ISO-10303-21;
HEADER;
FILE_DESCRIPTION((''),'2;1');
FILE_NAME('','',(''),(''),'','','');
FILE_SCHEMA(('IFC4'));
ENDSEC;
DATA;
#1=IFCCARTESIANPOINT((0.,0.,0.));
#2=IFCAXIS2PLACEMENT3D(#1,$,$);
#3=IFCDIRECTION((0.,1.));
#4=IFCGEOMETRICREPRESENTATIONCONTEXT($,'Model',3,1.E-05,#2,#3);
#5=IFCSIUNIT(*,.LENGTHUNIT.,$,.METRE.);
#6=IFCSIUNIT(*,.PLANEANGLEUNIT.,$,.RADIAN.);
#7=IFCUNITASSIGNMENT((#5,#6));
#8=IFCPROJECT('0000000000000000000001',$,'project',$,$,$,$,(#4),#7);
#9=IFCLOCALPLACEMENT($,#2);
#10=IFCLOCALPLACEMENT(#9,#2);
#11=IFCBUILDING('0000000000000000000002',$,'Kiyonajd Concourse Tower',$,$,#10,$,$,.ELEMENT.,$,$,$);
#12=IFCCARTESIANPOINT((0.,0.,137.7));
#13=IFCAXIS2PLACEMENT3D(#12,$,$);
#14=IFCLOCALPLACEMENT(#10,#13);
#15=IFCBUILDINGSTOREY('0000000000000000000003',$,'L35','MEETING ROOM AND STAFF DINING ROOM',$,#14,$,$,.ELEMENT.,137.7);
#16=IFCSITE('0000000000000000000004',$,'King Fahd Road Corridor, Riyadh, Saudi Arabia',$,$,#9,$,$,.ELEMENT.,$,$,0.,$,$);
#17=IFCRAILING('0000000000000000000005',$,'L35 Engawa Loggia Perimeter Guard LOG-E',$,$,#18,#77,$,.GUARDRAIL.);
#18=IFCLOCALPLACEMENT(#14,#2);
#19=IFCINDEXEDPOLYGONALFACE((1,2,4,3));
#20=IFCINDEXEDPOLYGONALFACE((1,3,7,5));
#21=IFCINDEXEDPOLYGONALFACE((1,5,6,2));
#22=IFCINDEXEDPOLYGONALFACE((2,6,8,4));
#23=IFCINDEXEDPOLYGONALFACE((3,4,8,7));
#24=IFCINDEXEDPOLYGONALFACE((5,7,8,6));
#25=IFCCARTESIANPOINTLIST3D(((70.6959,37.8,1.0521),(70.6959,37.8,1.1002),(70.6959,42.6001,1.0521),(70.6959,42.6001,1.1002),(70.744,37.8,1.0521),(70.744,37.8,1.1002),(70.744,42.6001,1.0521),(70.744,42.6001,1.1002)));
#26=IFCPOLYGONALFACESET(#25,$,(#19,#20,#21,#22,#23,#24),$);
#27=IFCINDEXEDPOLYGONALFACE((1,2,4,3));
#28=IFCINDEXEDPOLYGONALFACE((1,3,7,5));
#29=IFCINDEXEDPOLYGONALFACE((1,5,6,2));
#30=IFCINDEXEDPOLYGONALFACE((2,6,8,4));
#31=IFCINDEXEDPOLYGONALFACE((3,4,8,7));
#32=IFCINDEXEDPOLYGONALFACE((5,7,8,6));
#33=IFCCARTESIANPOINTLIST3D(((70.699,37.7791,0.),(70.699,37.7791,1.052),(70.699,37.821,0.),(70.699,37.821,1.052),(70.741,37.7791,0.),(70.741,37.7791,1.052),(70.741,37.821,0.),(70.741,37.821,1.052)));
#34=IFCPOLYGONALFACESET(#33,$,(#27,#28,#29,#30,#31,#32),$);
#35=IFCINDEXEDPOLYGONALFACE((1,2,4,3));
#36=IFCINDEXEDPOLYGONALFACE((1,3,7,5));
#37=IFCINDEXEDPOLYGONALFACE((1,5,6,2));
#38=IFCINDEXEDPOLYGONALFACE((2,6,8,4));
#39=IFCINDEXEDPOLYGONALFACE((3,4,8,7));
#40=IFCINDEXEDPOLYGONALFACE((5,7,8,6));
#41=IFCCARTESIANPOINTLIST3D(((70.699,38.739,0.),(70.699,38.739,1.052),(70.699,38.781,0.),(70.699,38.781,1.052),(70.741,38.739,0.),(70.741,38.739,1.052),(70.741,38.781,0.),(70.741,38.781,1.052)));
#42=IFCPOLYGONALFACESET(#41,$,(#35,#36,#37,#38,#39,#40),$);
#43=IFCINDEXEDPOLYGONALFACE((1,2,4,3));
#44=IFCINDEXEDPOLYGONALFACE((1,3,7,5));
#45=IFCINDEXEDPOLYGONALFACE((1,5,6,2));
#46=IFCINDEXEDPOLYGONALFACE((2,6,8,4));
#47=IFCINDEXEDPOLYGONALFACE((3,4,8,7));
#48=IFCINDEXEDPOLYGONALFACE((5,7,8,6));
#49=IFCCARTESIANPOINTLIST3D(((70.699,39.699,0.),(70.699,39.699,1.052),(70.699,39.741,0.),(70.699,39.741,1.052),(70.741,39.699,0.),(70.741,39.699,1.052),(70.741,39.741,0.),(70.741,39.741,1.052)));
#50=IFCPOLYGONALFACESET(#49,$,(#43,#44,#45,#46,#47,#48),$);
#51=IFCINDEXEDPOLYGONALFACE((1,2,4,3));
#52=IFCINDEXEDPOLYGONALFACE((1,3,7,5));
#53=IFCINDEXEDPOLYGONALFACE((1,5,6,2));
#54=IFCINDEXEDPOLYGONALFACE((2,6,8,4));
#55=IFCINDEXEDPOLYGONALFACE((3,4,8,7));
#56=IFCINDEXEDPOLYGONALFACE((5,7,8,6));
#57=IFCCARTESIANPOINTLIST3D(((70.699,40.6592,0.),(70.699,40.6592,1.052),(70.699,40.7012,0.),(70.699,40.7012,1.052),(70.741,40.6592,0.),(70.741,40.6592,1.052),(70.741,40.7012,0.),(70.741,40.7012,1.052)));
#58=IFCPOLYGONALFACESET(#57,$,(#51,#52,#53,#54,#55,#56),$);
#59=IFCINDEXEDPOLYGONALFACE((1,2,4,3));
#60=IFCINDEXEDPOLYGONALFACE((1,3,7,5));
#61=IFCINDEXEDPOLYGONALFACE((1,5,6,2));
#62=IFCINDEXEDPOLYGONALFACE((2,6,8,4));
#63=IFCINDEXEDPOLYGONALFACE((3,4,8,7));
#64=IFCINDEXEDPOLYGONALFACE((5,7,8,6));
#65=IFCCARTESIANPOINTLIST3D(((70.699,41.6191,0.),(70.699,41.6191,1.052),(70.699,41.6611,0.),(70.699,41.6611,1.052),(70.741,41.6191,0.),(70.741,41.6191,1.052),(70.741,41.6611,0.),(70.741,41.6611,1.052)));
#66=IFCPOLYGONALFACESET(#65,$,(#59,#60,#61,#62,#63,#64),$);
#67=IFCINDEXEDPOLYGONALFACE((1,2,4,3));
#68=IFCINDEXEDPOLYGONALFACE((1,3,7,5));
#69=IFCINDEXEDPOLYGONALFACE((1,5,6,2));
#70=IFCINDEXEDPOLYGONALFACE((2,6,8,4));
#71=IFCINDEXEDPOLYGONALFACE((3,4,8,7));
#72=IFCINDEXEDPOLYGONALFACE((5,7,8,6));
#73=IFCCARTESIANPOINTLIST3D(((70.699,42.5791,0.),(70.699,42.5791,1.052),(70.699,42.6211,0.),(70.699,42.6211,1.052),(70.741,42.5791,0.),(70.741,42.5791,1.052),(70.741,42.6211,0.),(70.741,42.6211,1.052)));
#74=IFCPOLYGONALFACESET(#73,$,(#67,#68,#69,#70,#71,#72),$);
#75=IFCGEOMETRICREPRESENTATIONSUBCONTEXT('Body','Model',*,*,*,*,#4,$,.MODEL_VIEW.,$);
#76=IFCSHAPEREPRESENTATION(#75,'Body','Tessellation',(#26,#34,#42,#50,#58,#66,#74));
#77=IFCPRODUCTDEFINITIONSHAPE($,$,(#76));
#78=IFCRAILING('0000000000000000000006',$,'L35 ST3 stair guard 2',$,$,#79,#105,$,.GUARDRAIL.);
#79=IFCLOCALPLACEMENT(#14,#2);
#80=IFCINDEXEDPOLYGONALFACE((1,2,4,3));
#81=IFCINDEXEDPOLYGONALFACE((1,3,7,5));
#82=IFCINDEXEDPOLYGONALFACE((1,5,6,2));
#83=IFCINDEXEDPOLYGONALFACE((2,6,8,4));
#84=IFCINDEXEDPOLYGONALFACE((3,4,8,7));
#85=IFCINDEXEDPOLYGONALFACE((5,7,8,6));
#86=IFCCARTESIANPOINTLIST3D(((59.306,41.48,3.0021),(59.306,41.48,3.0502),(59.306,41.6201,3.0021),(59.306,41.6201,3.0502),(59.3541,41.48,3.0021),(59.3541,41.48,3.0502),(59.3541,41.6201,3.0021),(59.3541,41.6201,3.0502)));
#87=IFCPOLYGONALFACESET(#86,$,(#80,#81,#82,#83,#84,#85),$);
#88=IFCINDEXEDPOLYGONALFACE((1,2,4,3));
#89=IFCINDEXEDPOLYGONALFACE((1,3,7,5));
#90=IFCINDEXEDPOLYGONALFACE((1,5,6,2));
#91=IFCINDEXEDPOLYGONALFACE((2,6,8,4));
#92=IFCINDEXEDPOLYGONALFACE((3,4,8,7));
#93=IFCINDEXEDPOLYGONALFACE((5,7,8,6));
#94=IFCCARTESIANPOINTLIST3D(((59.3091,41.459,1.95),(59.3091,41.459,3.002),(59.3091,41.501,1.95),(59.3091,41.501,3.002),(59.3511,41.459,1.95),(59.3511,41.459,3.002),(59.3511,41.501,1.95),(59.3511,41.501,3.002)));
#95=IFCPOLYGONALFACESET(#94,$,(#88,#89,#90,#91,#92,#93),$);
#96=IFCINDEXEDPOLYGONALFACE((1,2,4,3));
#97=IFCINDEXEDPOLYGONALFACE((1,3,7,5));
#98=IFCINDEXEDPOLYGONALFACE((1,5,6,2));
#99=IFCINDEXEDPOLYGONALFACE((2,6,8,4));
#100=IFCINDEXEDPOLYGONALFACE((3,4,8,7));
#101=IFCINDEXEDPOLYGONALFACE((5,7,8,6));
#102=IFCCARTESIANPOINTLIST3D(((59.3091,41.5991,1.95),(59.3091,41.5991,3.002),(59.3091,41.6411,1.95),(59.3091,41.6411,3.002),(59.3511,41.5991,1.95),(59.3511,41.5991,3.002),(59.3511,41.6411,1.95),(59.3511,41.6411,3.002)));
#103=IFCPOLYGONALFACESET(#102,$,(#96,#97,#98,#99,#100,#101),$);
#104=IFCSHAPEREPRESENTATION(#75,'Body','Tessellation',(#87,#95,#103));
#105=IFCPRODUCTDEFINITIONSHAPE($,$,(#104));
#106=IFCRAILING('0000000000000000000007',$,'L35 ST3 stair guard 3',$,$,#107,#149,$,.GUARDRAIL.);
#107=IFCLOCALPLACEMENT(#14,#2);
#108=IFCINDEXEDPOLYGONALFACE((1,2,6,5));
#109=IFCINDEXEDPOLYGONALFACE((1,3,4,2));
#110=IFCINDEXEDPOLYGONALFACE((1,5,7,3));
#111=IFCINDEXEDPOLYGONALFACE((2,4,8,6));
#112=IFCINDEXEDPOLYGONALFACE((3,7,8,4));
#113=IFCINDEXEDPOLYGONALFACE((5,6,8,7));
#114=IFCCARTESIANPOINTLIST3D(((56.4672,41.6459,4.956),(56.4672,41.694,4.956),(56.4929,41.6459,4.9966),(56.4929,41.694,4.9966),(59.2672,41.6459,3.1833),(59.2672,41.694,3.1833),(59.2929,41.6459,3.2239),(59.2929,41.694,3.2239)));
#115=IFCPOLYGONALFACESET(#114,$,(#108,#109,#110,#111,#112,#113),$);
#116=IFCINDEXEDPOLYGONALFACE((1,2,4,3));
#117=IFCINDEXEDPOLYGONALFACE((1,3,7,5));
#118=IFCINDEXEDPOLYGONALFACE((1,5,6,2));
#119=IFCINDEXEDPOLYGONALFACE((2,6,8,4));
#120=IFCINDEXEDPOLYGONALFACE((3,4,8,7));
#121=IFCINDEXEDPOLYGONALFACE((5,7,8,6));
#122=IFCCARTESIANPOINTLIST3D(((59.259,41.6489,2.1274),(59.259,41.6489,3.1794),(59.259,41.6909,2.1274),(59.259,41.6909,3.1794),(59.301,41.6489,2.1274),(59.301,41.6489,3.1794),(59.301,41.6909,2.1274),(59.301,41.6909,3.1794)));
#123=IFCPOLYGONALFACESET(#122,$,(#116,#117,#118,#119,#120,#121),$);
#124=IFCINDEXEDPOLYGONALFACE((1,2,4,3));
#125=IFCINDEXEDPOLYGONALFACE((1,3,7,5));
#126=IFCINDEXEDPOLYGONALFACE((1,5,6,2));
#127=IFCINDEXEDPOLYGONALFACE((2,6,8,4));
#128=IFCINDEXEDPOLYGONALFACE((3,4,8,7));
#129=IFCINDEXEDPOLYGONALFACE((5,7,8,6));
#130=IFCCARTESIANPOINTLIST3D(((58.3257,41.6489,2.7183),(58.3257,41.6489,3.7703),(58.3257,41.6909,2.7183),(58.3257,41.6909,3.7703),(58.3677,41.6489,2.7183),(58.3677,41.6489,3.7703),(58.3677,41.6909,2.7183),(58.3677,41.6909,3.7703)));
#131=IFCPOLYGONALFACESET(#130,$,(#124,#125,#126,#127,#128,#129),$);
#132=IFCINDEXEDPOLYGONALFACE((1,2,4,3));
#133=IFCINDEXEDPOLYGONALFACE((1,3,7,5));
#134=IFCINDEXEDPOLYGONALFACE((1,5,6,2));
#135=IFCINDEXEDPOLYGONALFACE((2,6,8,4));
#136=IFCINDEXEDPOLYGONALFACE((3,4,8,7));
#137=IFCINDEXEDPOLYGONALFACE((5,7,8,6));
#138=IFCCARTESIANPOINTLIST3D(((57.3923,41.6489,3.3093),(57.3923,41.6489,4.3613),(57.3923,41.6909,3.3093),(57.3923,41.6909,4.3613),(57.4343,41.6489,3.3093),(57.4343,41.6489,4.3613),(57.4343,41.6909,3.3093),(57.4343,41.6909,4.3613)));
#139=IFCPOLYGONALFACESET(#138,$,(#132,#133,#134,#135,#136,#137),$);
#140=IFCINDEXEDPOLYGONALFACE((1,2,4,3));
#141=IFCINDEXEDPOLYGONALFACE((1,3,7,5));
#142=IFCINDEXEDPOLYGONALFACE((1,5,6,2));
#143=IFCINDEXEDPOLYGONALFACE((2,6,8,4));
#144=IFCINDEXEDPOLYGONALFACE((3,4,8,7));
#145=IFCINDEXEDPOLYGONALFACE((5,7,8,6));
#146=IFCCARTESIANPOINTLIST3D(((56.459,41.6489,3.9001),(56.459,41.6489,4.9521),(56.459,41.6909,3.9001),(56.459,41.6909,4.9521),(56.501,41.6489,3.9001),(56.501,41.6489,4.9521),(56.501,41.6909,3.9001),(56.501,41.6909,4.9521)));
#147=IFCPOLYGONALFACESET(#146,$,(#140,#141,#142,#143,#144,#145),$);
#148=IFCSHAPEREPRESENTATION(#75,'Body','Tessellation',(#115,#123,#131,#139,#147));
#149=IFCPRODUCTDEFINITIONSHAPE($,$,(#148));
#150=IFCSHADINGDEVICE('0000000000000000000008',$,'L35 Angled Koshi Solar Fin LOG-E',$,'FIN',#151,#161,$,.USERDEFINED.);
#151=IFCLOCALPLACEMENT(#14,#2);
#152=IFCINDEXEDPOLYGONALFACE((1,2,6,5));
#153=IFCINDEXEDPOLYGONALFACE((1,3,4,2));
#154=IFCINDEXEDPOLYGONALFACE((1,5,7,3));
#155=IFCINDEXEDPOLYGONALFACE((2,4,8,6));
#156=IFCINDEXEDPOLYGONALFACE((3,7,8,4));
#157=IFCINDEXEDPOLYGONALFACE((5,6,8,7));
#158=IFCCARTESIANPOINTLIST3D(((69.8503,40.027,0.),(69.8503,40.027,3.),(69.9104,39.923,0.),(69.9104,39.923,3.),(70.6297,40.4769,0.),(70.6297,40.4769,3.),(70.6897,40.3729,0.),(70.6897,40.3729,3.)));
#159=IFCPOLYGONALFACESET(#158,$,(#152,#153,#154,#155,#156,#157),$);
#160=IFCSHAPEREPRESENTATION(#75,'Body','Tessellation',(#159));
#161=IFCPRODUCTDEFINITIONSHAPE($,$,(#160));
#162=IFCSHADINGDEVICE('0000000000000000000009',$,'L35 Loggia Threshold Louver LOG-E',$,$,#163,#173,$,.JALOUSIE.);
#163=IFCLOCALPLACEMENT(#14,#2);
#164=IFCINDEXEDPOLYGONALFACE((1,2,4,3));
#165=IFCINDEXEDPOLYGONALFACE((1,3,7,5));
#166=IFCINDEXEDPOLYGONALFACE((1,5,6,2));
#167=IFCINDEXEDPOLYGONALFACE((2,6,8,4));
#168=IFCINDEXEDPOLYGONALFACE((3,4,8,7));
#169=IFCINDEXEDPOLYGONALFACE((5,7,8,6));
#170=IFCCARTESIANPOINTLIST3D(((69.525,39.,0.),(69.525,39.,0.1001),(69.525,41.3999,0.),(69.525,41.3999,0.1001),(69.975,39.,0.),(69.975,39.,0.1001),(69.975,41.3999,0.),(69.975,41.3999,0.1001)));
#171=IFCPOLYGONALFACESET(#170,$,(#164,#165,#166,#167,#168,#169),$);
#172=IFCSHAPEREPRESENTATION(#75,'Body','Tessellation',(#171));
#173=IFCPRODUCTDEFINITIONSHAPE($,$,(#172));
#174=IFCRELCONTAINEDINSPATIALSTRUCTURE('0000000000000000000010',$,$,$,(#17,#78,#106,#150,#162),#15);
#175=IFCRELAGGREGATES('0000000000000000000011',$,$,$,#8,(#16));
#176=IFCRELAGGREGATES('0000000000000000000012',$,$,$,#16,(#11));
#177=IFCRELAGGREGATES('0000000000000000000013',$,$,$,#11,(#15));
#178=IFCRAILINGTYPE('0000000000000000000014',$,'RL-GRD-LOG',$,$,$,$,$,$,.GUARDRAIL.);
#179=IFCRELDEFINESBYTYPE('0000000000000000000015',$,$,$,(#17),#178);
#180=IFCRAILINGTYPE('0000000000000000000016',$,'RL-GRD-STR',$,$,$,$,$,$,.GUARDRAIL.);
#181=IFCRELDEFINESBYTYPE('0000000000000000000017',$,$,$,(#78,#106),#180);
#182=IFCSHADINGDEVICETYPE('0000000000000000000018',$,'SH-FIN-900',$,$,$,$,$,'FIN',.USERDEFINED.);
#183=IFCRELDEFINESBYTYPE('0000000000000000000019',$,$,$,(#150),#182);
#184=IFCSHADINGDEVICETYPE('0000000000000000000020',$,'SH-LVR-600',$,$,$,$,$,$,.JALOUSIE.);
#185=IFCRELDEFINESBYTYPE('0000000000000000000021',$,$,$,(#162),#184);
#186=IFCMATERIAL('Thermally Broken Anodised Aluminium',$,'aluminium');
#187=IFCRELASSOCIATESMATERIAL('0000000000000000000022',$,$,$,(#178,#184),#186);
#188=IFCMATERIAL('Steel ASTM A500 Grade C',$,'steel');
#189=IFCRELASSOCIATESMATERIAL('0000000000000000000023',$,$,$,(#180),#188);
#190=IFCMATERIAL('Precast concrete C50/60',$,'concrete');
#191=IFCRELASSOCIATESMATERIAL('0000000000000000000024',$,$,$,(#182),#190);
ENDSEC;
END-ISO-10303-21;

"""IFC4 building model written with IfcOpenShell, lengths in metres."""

from ifc_helpers import new_model, si_unit, direction, frame, origin, origin_2d, place, context, subcontext, project, spatial, rectangle, extrude, material, type_object, element, save


model = new_model("IFC4")

# Units and contexts
model_context = context("Model", 3, precision=1e-05, world=origin(), true_north=direction((0.0, 1.0)))
body_context = subcontext(model_context, "Body", "Model", "MODEL_VIEW")
ifc_project = project(units=[si_unit("LENGTHUNIT", "METRE"), si_unit("PLANEANGLEUNIT", "RADIAN")], contexts=[model_context])

# Site, building, storey
site_placement = place(None, origin())
site = spatial("IfcSite", under=ifc_project, at=site_placement, Name="King Fahd Road Corridor, Riyadh, Saudi Arabia", CompositionType="ELEMENT", RefElevation=0.0)
building_placement = place(site_placement, origin())
building = spatial("IfcBuilding", under=site, at=building_placement, Name="Kiyonajd Concourse Tower", CompositionType="ELEMENT")
storey_placement = place(building_placement, frame((0.0, 0.0, 137.7)))
storey = spatial("IfcBuildingStorey", under=building, at=storey_placement, Name="L35", Description="MEETING ROOM AND STAFF DINING ROOM", CompositionType="ELEMENT", Elevation=137.7)

# Shared definitions
ifc_material_1 = material(Name="Precast concrete C50/60", Category="concrete")

# Shared definitions
ifc_material_2 = material(Name="Thermally Broken Anodised Aluminium", Category="aluminium")

# Railings
railing_type_1 = type_object("IfcRailingType", Name="RL-GRD-LOG", PredefinedType="GUARDRAIL", material=ifc_material_2)
railing_1_placement = place(storey_placement, frame((70.72, 37.8, 0.0)))
element("IfcRailing", 1, at=railing_1_placement, inside=storey, type_object=railing_type_1, Name="L35 Engawa Loggia Perimeter Guard LOG-E", PredefinedType="GUARDRAIL", context=body_context, shape_type="SweptSolid", body=[
    extrude(rectangle(XDim=0.0481, YDim=0.0481, at=origin_2d()), frame((0.0, 0.0, 1.0762), z_axis=(0.0, 1.0, 0.0), x_axis=(-1.0, 0.0, 0.0)), (0.0, 0.0, 1.0), 4.8),
    extrude(rectangle(XDim=0.042, YDim=0.042, at=origin_2d()), origin(), (0.0, 0.0, 1.0), 1.052),
    extrude(rectangle(XDim=0.042, YDim=0.042, at=origin_2d()), frame((0.0, 0.96, 0.0)), (0.0, 0.0, 1.0), 1.052),
    extrude(rectangle(XDim=0.042, YDim=0.042, at=origin_2d()), frame((0.0, 1.9199, 0.0)), (0.0, 0.0, 1.0), 1.052),
    extrude(rectangle(XDim=0.042, YDim=0.042, at=origin_2d()), frame((0.0, 2.8801, 0.0)), (0.0, 0.0, 1.0), 1.052),
    extrude(rectangle(XDim=0.042, YDim=0.042, at=origin_2d()), frame((0.0, 3.8401, 0.0)), (0.0, 0.0, 1.0), 1.052),
    extrude(rectangle(XDim=0.042, YDim=0.042, at=origin_2d()), frame((0.0, 4.8, 0.0)), (0.0, 0.0, 1.0), 1.052),
])
ifc_material_3 = material(Name="Steel ASTM A500 Grade C", Category="steel")
railing_type_2 = type_object("IfcRailingType", Name="RL-GRD-STR", PredefinedType="GUARDRAIL", material=ifc_material_3)
railing_2_placement = place(storey_placement, frame((59.3301, 41.48, 1.95)))
element("IfcRailing", 2, at=railing_2_placement, inside=storey, type_object=railing_type_2, Name="L35 ST3 stair guard 2", PredefinedType="GUARDRAIL", context=body_context, shape_type="SweptSolid", body=[
    extrude(rectangle(XDim=0.0481, YDim=0.0481, at=origin_2d()), frame((0.0, 0.0, 1.0762), z_axis=(0.0, 1.0, 0.0), x_axis=(-1.0, 0.0, 0.0)), (0.0, 0.0, 1.0), 0.1401),
    extrude(rectangle(XDim=0.042, YDim=0.042, at=origin_2d()), origin(), (0.0, 0.0, 1.0), 1.052),
    extrude(rectangle(XDim=0.042, YDim=0.042, at=origin_2d()), frame((0.0, 0.1401, 0.0)), (0.0, 0.0, 1.0), 1.052),
])
railing_3_placement = place(storey_placement, frame((59.28, 41.6699, 2.1274)))
element("IfcRailing", 3, at=railing_3_placement, inside=storey, type_object=railing_type_2, Name="L35 ST3 stair guard 3", PredefinedType="GUARDRAIL", context=body_context, shape_type="SweptSolid", body=[
    extrude(rectangle(XDim=0.0481, YDim=0.0481, at=origin_2d()), frame((0.0, 0.0, 1.0762), z_axis=(-0.844909, 0.0, 0.53491), x_axis=(0.0, -1.0, 0.0)), (0.0, 0.0, 1.0), 3.314),
    extrude(rectangle(XDim=0.042, YDim=0.042, at=origin_2d()), origin(), (0.0, 0.0, 1.0), 1.052),
    extrude(rectangle(XDim=0.042, YDim=0.042, at=origin_2d()), frame((-0.9333, 0.0, 0.5908)), (0.0, 0.0, 1.0), 1.052),
    extrude(rectangle(XDim=0.042, YDim=0.042, at=origin_2d()), frame((-1.8667, 0.0, 1.1819)), (0.0, 0.0, 1.0), 1.052),
    extrude(rectangle(XDim=0.042, YDim=0.042, at=origin_2d()), frame((-2.8, 0.0, 1.7727)), (0.0, 0.0, 1.0), 1.052),
])

# Shading devices
shading_device_type_1 = type_object("IfcShadingDeviceType", Name="SH-FIN-900", ElementType="FIN", PredefinedType="USERDEFINED", material=ifc_material_1)
shading_device_1_placement = place(storey_placement, frame((70.27, 40.2, 0.0), z_axis=(0.0, 0.0, 1.0), x_axis=(0.866025, 0.5, 0.0)))
element("IfcShadingDevice", 4, at=shading_device_1_placement, inside=storey, type_object=shading_device_type_1, Name="L35 Angled Koshi Solar Fin LOG-E", ObjectType="FIN", PredefinedType="USERDEFINED", context=body_context, shape_type="SweptSolid", body=[
    extrude(rectangle(XDim=0.8999, YDim=0.1201, at=origin_2d()), origin(), (0.0, 0.0, 1.0), 3.0),
])
shading_device_type_2 = type_object("IfcShadingDeviceType", Name="SH-LVR-600", PredefinedType="JALOUSIE", material=ifc_material_2)
shading_device_2_placement = place(storey_placement, frame((69.75, 40.2, 0.0), z_axis=(0.0, 0.0, 1.0), x_axis=(0.0, 1.0, 0.0)))
element("IfcShadingDevice", 5, at=shading_device_2_placement, inside=storey, type_object=shading_device_type_2, Name="L35 Loggia Threshold Louver LOG-E", PredefinedType="JALOUSIE", context=body_context, shape_type="SweptSolid", body=[
    extrude(rectangle(XDim=2.3999, YDim=0.45, at=origin_2d()), origin(), (0.0, 0.0, 1.0), 0.1001),
])

save(model, "model.ifc")
